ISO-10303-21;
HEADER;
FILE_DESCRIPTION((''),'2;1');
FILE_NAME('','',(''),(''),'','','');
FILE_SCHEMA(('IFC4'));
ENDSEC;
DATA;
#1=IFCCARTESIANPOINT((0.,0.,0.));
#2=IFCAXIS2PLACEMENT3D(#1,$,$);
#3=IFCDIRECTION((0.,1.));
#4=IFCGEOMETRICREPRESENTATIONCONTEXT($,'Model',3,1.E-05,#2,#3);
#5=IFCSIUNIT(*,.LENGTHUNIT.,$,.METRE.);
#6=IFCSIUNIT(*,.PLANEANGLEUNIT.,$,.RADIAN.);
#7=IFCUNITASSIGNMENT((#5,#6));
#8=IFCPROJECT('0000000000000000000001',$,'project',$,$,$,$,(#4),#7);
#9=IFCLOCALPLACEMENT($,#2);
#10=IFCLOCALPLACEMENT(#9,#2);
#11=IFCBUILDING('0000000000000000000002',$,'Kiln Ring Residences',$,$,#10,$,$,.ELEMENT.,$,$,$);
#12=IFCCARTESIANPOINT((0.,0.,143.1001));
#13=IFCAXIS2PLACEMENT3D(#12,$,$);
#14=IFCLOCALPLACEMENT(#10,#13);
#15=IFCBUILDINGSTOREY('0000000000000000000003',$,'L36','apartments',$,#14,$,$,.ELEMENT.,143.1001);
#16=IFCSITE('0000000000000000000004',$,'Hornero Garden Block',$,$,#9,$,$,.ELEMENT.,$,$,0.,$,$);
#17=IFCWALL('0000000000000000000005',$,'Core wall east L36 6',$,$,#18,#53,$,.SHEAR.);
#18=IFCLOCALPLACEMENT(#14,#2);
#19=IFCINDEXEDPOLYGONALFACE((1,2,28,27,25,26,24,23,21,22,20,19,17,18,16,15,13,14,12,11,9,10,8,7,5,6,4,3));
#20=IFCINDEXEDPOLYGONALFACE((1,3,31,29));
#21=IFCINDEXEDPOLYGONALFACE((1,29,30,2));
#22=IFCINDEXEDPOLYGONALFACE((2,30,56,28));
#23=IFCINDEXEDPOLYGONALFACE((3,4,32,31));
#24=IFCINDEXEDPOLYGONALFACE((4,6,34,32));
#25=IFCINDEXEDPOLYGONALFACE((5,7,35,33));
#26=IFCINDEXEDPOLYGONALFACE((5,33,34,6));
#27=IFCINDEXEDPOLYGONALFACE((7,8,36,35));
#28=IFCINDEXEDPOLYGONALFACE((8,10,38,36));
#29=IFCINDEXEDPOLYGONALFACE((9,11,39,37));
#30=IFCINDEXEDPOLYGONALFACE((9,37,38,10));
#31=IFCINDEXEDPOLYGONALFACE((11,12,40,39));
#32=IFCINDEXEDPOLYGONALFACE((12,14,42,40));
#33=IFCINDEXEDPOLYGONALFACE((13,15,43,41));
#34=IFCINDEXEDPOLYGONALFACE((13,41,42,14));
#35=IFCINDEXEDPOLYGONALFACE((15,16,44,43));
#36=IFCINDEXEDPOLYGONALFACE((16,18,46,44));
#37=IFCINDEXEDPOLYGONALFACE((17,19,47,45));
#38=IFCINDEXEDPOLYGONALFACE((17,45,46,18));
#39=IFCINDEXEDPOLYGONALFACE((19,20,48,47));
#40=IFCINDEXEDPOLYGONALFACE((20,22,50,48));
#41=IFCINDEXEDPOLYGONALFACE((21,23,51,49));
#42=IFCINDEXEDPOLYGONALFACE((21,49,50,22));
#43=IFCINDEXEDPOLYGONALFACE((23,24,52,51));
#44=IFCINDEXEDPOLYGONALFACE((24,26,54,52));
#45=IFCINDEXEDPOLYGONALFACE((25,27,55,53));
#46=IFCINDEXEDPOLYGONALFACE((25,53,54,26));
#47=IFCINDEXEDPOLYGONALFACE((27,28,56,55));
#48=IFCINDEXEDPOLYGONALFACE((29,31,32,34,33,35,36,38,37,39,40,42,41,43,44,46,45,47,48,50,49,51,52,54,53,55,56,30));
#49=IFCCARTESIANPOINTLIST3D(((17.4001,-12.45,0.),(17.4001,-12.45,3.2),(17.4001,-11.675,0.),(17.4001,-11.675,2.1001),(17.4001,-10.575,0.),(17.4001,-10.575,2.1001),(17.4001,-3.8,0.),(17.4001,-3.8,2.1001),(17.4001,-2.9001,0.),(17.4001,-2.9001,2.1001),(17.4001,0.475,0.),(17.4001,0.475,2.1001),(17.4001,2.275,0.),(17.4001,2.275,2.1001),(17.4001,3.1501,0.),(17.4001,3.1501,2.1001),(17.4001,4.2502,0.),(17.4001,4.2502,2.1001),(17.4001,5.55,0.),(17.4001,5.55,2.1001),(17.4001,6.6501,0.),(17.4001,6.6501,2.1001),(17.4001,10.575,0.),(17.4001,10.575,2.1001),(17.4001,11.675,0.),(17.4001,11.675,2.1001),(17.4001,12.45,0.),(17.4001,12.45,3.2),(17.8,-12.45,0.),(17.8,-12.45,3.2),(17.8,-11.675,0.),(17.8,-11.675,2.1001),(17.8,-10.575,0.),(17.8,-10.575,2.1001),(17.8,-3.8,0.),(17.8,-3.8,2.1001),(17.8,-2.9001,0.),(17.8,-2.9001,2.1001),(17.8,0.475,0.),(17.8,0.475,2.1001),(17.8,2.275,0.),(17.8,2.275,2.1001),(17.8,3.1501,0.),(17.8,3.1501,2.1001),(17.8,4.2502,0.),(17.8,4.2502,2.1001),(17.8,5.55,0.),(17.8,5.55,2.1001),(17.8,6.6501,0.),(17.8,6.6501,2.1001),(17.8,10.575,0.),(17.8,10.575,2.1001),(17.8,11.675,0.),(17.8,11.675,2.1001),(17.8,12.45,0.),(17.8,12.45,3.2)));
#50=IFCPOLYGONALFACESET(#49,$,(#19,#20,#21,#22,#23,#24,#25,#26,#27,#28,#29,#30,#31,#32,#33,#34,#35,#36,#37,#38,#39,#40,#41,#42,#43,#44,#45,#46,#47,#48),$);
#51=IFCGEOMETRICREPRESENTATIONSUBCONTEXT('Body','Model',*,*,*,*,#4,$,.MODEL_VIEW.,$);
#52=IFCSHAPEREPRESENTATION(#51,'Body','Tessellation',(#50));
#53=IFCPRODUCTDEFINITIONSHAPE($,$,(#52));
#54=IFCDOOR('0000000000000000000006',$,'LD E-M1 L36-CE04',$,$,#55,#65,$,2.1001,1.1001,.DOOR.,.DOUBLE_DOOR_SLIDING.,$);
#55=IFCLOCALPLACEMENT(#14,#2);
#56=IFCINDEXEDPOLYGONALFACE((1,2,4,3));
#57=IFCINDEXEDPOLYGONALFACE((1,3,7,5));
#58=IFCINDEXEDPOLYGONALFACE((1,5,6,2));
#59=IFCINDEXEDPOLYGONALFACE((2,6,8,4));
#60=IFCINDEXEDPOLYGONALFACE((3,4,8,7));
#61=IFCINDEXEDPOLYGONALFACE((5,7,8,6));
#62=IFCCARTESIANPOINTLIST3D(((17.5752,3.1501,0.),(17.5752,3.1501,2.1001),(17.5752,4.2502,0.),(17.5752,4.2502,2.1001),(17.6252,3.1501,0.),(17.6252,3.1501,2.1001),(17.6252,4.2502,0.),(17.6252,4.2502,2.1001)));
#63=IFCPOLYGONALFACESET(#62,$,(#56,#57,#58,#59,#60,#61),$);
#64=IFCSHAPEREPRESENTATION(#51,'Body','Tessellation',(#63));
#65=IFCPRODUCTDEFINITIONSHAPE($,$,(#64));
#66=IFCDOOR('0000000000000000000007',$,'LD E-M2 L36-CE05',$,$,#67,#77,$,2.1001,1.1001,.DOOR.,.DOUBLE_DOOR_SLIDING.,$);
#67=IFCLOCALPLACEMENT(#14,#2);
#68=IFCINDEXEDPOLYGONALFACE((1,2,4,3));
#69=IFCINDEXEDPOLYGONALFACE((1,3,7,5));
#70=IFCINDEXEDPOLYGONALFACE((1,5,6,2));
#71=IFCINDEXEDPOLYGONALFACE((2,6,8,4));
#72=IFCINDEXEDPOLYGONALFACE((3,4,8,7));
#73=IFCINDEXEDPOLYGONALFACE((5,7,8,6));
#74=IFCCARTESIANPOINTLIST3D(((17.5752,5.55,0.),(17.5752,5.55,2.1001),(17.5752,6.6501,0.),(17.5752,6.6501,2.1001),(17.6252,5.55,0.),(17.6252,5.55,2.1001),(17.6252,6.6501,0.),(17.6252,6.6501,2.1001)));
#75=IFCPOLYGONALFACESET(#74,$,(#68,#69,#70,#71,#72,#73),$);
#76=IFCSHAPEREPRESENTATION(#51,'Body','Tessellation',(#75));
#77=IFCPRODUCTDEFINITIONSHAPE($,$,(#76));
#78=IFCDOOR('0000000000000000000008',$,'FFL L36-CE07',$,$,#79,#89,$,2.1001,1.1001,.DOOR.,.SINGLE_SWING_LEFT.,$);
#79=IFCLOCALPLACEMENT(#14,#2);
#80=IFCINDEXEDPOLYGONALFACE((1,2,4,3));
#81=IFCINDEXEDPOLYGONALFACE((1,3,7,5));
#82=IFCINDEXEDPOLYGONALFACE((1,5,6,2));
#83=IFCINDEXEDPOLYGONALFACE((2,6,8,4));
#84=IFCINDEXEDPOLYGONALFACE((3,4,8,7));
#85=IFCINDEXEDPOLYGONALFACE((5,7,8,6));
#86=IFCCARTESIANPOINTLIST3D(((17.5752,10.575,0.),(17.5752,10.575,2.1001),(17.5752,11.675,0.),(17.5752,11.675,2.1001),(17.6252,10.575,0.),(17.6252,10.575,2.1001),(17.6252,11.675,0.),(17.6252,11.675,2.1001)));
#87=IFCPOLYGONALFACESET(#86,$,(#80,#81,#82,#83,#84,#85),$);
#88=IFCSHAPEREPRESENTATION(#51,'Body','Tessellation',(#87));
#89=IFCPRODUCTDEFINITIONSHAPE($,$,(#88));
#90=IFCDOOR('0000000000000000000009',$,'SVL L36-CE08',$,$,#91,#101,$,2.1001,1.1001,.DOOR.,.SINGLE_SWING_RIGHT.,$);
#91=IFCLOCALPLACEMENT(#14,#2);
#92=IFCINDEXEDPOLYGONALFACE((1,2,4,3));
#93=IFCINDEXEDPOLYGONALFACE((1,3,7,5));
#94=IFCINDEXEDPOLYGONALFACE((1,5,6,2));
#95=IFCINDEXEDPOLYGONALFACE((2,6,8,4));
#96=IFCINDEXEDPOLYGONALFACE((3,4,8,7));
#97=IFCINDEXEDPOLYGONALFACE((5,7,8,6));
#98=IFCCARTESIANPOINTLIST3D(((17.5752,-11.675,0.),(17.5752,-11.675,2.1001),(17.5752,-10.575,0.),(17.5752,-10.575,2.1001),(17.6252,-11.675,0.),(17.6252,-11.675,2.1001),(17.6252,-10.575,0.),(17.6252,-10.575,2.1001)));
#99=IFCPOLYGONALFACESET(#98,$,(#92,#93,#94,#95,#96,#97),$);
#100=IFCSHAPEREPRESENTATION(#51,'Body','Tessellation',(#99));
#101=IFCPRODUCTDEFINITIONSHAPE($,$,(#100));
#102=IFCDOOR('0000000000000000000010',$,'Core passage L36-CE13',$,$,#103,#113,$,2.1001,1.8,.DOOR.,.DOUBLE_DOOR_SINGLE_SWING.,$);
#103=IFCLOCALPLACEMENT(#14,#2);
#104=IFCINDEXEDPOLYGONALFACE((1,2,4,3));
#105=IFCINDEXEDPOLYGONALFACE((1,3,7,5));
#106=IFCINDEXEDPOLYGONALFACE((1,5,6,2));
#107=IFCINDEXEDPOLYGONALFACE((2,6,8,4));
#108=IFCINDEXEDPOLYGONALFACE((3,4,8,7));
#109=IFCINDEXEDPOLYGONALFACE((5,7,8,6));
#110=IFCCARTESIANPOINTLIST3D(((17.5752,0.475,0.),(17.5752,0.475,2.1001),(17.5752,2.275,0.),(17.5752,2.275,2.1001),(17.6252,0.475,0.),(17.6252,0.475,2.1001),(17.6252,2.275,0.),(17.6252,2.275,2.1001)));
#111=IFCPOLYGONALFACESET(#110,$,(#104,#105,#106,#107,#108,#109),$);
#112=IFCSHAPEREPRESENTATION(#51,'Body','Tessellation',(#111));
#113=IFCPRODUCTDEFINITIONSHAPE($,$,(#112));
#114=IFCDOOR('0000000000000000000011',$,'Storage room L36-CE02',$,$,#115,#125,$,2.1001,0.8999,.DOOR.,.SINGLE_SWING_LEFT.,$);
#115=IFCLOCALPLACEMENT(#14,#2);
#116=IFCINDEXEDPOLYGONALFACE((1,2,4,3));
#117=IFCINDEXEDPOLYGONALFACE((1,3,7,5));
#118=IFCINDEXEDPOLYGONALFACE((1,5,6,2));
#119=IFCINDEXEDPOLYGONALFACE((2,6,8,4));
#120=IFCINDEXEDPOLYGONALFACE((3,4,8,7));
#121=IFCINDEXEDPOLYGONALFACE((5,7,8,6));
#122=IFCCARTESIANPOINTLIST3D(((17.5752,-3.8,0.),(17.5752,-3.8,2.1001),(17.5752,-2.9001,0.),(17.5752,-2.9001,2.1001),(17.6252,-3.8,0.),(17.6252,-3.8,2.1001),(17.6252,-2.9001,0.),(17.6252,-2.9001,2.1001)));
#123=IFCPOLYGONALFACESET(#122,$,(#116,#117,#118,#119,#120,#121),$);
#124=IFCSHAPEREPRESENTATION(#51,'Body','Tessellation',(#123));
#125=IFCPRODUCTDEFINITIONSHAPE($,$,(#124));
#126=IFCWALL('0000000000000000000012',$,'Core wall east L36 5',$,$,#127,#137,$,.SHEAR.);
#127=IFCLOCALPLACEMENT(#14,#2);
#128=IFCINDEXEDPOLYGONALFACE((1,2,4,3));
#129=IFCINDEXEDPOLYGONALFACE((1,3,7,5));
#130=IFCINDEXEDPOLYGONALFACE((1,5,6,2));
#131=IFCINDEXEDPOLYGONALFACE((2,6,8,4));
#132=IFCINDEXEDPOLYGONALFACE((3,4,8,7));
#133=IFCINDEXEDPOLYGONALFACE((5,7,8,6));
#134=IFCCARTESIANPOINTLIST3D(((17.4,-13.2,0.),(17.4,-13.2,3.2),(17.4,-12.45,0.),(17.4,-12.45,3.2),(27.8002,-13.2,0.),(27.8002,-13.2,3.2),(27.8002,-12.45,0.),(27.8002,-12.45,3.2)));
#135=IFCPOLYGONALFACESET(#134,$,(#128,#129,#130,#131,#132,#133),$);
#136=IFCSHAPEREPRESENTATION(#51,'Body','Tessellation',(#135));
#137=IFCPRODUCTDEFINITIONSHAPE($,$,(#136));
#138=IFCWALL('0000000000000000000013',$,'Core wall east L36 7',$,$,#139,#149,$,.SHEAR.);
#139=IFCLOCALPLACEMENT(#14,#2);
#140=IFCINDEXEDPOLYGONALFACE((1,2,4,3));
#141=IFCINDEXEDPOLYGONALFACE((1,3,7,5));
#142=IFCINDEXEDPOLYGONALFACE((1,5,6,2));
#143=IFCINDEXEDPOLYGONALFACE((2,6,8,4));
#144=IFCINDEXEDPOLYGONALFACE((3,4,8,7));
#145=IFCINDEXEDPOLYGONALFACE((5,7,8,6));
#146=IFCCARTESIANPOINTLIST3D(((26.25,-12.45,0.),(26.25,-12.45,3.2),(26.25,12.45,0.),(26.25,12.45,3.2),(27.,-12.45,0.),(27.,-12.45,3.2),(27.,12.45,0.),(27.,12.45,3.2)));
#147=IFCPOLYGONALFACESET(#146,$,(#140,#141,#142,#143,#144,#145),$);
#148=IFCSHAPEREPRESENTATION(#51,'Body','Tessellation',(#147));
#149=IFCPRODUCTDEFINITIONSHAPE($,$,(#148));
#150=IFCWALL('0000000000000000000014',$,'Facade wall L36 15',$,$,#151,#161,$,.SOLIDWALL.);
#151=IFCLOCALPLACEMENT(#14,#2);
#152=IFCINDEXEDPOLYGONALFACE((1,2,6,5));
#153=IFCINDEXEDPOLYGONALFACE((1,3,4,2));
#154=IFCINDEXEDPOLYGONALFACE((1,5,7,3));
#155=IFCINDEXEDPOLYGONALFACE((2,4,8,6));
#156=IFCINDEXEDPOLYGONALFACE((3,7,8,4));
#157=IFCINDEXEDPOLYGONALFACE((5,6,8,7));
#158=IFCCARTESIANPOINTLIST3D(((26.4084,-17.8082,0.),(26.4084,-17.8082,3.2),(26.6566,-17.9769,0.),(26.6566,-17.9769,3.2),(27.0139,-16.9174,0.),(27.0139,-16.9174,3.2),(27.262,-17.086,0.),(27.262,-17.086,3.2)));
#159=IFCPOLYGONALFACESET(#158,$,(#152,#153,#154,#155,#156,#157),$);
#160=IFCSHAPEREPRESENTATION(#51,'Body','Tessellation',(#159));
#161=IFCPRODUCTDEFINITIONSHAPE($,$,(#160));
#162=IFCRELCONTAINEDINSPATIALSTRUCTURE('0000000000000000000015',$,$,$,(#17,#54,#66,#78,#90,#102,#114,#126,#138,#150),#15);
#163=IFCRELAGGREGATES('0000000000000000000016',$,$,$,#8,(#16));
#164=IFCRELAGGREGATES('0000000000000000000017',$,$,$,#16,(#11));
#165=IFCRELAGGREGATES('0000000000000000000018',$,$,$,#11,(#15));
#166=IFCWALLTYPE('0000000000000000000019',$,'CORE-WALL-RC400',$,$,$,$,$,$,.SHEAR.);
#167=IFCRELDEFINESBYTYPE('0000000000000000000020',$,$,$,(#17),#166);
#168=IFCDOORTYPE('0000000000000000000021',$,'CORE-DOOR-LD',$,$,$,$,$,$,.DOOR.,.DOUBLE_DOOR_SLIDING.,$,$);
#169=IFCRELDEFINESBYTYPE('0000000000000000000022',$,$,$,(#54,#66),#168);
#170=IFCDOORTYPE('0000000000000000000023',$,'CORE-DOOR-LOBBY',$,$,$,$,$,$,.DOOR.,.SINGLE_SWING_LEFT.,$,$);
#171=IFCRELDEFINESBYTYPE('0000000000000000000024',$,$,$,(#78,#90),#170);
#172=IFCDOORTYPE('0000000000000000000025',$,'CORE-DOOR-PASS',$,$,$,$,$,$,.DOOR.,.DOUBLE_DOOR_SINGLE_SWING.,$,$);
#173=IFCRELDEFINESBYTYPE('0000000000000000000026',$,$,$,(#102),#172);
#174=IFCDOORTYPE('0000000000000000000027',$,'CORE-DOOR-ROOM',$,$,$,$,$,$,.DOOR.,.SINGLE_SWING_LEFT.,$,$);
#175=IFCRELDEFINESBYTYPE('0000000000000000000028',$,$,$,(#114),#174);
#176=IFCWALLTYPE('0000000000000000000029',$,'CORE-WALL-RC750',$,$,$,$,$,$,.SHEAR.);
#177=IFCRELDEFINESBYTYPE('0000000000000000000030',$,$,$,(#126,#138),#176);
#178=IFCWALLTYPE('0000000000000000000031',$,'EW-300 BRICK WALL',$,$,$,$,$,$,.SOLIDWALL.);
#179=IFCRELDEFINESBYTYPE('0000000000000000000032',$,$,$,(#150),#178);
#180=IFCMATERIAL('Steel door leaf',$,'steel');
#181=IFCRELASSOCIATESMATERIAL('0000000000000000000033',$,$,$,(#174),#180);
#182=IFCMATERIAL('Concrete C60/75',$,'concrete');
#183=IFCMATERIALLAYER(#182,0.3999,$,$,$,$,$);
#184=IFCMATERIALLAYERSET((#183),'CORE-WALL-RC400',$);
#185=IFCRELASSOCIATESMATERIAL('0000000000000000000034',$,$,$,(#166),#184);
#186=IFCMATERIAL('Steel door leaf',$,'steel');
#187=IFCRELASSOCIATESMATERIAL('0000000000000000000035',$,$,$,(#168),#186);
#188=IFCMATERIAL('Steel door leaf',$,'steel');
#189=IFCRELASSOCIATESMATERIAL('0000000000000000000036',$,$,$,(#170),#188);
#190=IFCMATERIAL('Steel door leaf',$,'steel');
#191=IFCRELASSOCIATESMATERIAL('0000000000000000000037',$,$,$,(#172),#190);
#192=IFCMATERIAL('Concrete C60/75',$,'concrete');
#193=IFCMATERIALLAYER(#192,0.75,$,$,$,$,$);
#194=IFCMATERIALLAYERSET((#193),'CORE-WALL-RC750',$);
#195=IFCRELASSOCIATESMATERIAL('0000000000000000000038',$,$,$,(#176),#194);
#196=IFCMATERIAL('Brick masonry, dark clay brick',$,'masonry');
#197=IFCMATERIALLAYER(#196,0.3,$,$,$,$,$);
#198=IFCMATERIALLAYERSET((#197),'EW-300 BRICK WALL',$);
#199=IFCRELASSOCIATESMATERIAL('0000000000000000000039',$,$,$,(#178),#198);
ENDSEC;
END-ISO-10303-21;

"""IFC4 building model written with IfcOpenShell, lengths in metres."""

from ifc_helpers import new_model, si_unit, direction, frame, frame_2d, origin, place, context, subcontext, project, spatial, rectangle, extrude, material, layer, layer_set, type_object, element, fill, save


model = new_model("IFC4")

# Units and contexts
model_context = context("Model", 3, precision=1e-05, world=origin(), true_north=direction((0.0, 1.0)))
body_context = subcontext(model_context, "Body", "Model", "MODEL_VIEW")
ifc_project = project(units=[si_unit("LENGTHUNIT", "METRE"), si_unit("PLANEANGLEUNIT", "RADIAN")], contexts=[model_context])

# Site, building, storey
site_placement = place(None, origin())
site = spatial("IfcSite", under=ifc_project, at=site_placement, Name="Hornero Garden Block", CompositionType="ELEMENT", RefElevation=0.0)
building_placement = place(site_placement, origin())
building = spatial("IfcBuilding", under=site, at=building_placement, Name="Kiln Ring Residences", CompositionType="ELEMENT")
storey_placement = place(building_placement, frame((0.0, 0.0, 143.1001)))
storey = spatial("IfcBuildingStorey", under=building, at=storey_placement, Name="L36", Description="apartments", CompositionType="ELEMENT", Elevation=143.1001)

# Shared definitions
ifc_material_1 = material(Name="Steel door leaf", Category="steel")
door_type_1 = type_object("IfcDoorType", Name="CORE-DOOR-ROOM", OperationType="SINGLE_SWING_LEFT", PredefinedType="DOOR", material=ifc_material_1)

# Wall, openings, doors
ifc_material_2 = material(Name="Concrete C60/75", Category="concrete")
ifc_layer_1 = layer(ifc_material_2, 0.3999)
ifc_layer_set_1 = layer_set([ifc_layer_1], Name="CORE-WALL-RC400")
wall_type_1 = type_object("IfcWallType", Name="CORE-WALL-RC400", PredefinedType="SHEAR", material=ifc_layer_set_1)
wall_1_placement = place(storey_placement, frame((17.6001, -12.45, 0.0), z_axis=(0.0, 0.0, 1.0), x_axis=(0.0, 1.0, 0.0)))
wall_1 = element("IfcWall", 1, at=wall_1_placement, inside=storey, type_object=wall_type_1, Name="Core wall east L36 6", PredefinedType="SHEAR", context=body_context, shape_type="SweptSolid", body=[
    extrude(rectangle(XDim=24.8999, YDim=0.3999, at=frame_2d((12.45, 0.0))), origin(), (0.0, 0.0, 1.0), 3.2),
])
opening_1_placement = place(wall_1_placement, frame((8.6499, 0.0, 0.0)))
opening_1 = element("IfcOpeningElement", 2, at=opening_1_placement, cuts=wall_1, PredefinedType="OPENING", context=body_context, shape_type="SweptSolid", body=[
    extrude(rectangle(XDim=0.8999, YDim=2.1001, at=frame_2d((0.45, 1.05))), frame((0.0, 0.21, 0.0), z_axis=(0.0, -1.0, 0.0), x_axis=(1.0, 0.0, 0.0)), (0.0, 0.0, 1.0), 0.4199),
])
opening_2_placement = place(wall_1_placement, frame((15.6001, 0.0, 0.0)))
opening_2 = element("IfcOpeningElement", 3, at=opening_2_placement, cuts=wall_1, PredefinedType="OPENING", context=body_context, shape_type="SweptSolid", body=[
    extrude(rectangle(XDim=1.1001, YDim=2.1001, at=frame_2d((0.55, 1.05))), frame((0.0, 0.21, 0.0), z_axis=(0.0, -1.0, 0.0), x_axis=(1.0, 0.0, 0.0)), (0.0, 0.0, 1.0), 0.4199),
])
opening_3_placement = place(wall_1_placement, frame((18.0, 0.0, 0.0)))
opening_3 = element("IfcOpeningElement", 4, at=opening_3_placement, cuts=wall_1, PredefinedType="OPENING", context=body_context, shape_type="SweptSolid", body=[
    extrude(rectangle(XDim=1.1001, YDim=2.1001, at=frame_2d((0.55, 1.05))), frame((0.0, 0.21, 0.0), z_axis=(0.0, -1.0, 0.0), x_axis=(1.0, 0.0, 0.0)), (0.0, 0.0, 1.0), 0.4199),
])
opening_4_placement = place(wall_1_placement, frame((23.0249, 0.0, 0.0)))
opening_4 = element("IfcOpeningElement", 5, at=opening_4_placement, cuts=wall_1, PredefinedType="OPENING", context=body_context, shape_type="SweptSolid", body=[
    extrude(rectangle(XDim=1.1001, YDim=2.1001, at=frame_2d((0.55, 1.05))), frame((0.0, 0.21, 0.0), z_axis=(0.0, -1.0, 0.0), x_axis=(1.0, 0.0, 0.0)), (0.0, 0.0, 1.0), 0.4199),
])
opening_5_placement = place(wall_1_placement, frame((0.7749, 0.0, 0.0)))
opening_5 = element("IfcOpeningElement", 6, at=opening_5_placement, cuts=wall_1, PredefinedType="OPENING", context=body_context, shape_type="SweptSolid", body=[
    extrude(rectangle(XDim=1.1001, YDim=2.1001, at=frame_2d((0.55, 1.05))), frame((0.0, 0.21, 0.0), z_axis=(0.0, -1.0, 0.0), x_axis=(1.0, 0.0, 0.0)), (0.0, 0.0, 1.0), 0.4199),
])
opening_6_placement = place(wall_1_placement, frame((12.925, 0.0, 0.0)))
opening_6 = element("IfcOpeningElement", 7, at=opening_6_placement, cuts=wall_1, PredefinedType="OPENING", context=body_context, shape_type="SweptSolid", body=[
    extrude(rectangle(XDim=1.8, YDim=2.1001, at=frame_2d((0.8999, 1.05))), frame((0.0, 0.21, 0.0), z_axis=(0.0, -1.0, 0.0), x_axis=(1.0, 0.0, 0.0)), (0.0, 0.0, 1.0), 0.4199),
])
ifc_material_3 = material(Name="Steel door leaf", Category="steel")
door_type_2 = type_object("IfcDoorType", Name="CORE-DOOR-LD", OperationType="DOUBLE_DOOR_SLIDING", PredefinedType="DOOR", material=ifc_material_3)
door_1_placement = place(opening_2_placement, origin())
door_1 = element("IfcDoor", 8, at=door_1_placement, inside=storey, type_object=door_type_2, Name="LD E-M1 L36-CE04", OperationType="DOUBLE_DOOR_SLIDING", OverallHeight=2.1001, OverallWidth=1.1001, PredefinedType="DOOR", context=body_context, shape_type="SweptSolid", body=[
    extrude(rectangle(XDim=1.1001, YDim=2.1001, at=frame_2d((0.55, 1.05))), frame((0.0, 0.0249, 0.0), z_axis=(0.0, -1.0, 0.0), x_axis=(1.0, 0.0, 0.0)), (0.0, 0.0, 1.0), 0.05),
])
fill(opening_2, door_1)
door_2_placement = place(opening_3_placement, origin())
door_2 = element("IfcDoor", 9, at=door_2_placement, inside=storey, type_object=door_type_2, Name="LD E-M2 L36-CE05", OperationType="DOUBLE_DOOR_SLIDING", OverallHeight=2.1001, OverallWidth=1.1001, PredefinedType="DOOR", context=body_context, shape_type="SweptSolid", body=[
    extrude(rectangle(XDim=1.1001, YDim=2.1001, at=frame_2d((0.55, 1.05))), frame((0.0, 0.0249, 0.0), z_axis=(0.0, -1.0, 0.0), x_axis=(1.0, 0.0, 0.0)), (0.0, 0.0, 1.0), 0.05),
])
fill(opening_3, door_2)
ifc_material_4 = material(Name="Steel door leaf", Category="steel")
door_type_3 = type_object("IfcDoorType", Name="CORE-DOOR-LOBBY", OperationType="SINGLE_SWING_LEFT", PredefinedType="DOOR", material=ifc_material_4)
door_3_placement = place(opening_4_placement, origin())
door_3 = element("IfcDoor", 10, at=door_3_placement, inside=storey, type_object=door_type_3, Name="FFL L36-CE07", OperationType="SINGLE_SWING_LEFT", OverallHeight=2.1001, OverallWidth=1.1001, PredefinedType="DOOR", context=body_context, shape_type="SweptSolid", body=[
    extrude(rectangle(XDim=1.1001, YDim=2.1001, at=frame_2d((0.55, 1.05))), frame((0.0, 0.0249, 0.0), z_axis=(0.0, -1.0, 0.0), x_axis=(1.0, 0.0, 0.0)), (0.0, 0.0, 1.0), 0.05),
])
fill(opening_4, door_3)
door_4_placement = place(opening_5_placement, origin())
door_4 = element("IfcDoor", 11, at=door_4_placement, inside=storey, type_object=door_type_3, Name="SVL L36-CE08", OperationType="SINGLE_SWING_RIGHT", OverallHeight=2.1001, OverallWidth=1.1001, PredefinedType="DOOR", context=body_context, shape_type="SweptSolid", body=[
    extrude(rectangle(XDim=1.1001, YDim=2.1001, at=frame_2d((0.55, 1.05))), frame((0.0, 0.0249, 0.0), z_axis=(0.0, -1.0, 0.0), x_axis=(1.0, 0.0, 0.0)), (0.0, 0.0, 1.0), 0.05),
])
fill(opening_5, door_4)
ifc_material_5 = material(Name="Steel door leaf", Category="steel")
door_type_4 = type_object("IfcDoorType", Name="CORE-DOOR-PASS", OperationType="DOUBLE_DOOR_SINGLE_SWING", PredefinedType="DOOR", material=ifc_material_5)
door_5_placement = place(opening_6_placement, origin())
door_5 = element("IfcDoor", 12, at=door_5_placement, inside=storey, type_object=door_type_4, Name="Core passage L36-CE13", OperationType="DOUBLE_DOOR_SINGLE_SWING", OverallHeight=2.1001, OverallWidth=1.8, PredefinedType="DOOR", context=body_context, shape_type="SweptSolid", body=[
    extrude(rectangle(XDim=1.8, YDim=2.1001, at=frame_2d((0.8999, 1.05))), frame((0.0, 0.0249, 0.0), z_axis=(0.0, -1.0, 0.0), x_axis=(1.0, 0.0, 0.0)), (0.0, 0.0, 1.0), 0.05),
])
fill(opening_6, door_5)
door_6_placement = place(opening_1_placement, origin())
door_6 = element("IfcDoor", 13, at=door_6_placement, inside=storey, type_object=door_type_1, Name="Storage room L36-CE02", OperationType="SINGLE_SWING_LEFT", OverallHeight=2.1001, OverallWidth=0.8999, PredefinedType="DOOR", context=body_context, shape_type="SweptSolid", body=[
    extrude(rectangle(XDim=0.8999, YDim=2.1001, at=frame_2d((0.45, 1.05))), frame((0.0, 0.0249, 0.0), z_axis=(0.0, -1.0, 0.0), x_axis=(1.0, 0.0, 0.0)), (0.0, 0.0, 1.0), 0.05),
])
fill(opening_1, door_6)

# Walls
ifc_material_6 = material(Name="Concrete C60/75", Category="concrete")
ifc_layer_2 = layer(ifc_material_6, 0.75)
ifc_layer_set_2 = layer_set([ifc_layer_2], Name="CORE-WALL-RC750")
wall_type_2 = type_object("IfcWallType", Name="CORE-WALL-RC750", PredefinedType="SHEAR", material=ifc_layer_set_2)
wall_2_placement = place(storey_placement, frame((17.3999, -12.825, 0.0), z_axis=(0.0, 0.0, 1.0), x_axis=(1.0, 0.0, 0.0)))
element("IfcWall", 14, at=wall_2_placement, inside=storey, type_object=wall_type_2, Name="Core wall east L36 5", PredefinedType="SHEAR", context=body_context, shape_type="SweptSolid", body=[
    extrude(rectangle(XDim=10.4001, YDim=0.75, at=frame_2d((5.2002, 0.0))), origin(), (0.0, 0.0, 1.0), 3.2),
])
wall_3_placement = place(storey_placement, frame((26.625, -12.45, 0.0), z_axis=(0.0, 0.0, 1.0), x_axis=(0.0, 1.0, 0.0)))
element("IfcWall", 15, at=wall_3_placement, inside=storey, type_object=wall_type_2, Name="Core wall east L36 7", PredefinedType="SHEAR", context=body_context, shape_type="SweptSolid", body=[
    extrude(rectangle(XDim=24.8999, YDim=0.75, at=frame_2d((12.45, 0.0))), origin(), (0.0, 0.0, 1.0), 3.2),
])
ifc_material_7 = material(Name="Brick masonry, dark clay brick", Category="masonry")
ifc_layer_3 = layer(ifc_material_7, 0.3)
ifc_layer_set_3 = layer_set([ifc_layer_3], Name="EW-300 BRICK WALL")
wall_type_3 = type_object("IfcWallType", Name="EW-300 BRICK WALL", PredefinedType="SOLIDWALL", material=ifc_layer_set_3)
wall_4_placement = place(storey_placement, frame((26.5325, -17.8926, 0.0), z_axis=(0.0, 0.0, 1.0), x_axis=(0.562105, 0.827066, 0.0)))
element("IfcWall", 16, at=wall_4_placement, inside=storey, type_object=wall_type_3, Name="Facade wall L36 15", PredefinedType="SOLIDWALL", context=body_context, shape_type="SweptSolid", body=[
    extrude(rectangle(XDim=1.0771, YDim=0.3, at=frame_2d((0.5386, 0.0))), origin(), (0.0, 0.0, 1.0), 3.2),
])

save(model, "model.ifc")
